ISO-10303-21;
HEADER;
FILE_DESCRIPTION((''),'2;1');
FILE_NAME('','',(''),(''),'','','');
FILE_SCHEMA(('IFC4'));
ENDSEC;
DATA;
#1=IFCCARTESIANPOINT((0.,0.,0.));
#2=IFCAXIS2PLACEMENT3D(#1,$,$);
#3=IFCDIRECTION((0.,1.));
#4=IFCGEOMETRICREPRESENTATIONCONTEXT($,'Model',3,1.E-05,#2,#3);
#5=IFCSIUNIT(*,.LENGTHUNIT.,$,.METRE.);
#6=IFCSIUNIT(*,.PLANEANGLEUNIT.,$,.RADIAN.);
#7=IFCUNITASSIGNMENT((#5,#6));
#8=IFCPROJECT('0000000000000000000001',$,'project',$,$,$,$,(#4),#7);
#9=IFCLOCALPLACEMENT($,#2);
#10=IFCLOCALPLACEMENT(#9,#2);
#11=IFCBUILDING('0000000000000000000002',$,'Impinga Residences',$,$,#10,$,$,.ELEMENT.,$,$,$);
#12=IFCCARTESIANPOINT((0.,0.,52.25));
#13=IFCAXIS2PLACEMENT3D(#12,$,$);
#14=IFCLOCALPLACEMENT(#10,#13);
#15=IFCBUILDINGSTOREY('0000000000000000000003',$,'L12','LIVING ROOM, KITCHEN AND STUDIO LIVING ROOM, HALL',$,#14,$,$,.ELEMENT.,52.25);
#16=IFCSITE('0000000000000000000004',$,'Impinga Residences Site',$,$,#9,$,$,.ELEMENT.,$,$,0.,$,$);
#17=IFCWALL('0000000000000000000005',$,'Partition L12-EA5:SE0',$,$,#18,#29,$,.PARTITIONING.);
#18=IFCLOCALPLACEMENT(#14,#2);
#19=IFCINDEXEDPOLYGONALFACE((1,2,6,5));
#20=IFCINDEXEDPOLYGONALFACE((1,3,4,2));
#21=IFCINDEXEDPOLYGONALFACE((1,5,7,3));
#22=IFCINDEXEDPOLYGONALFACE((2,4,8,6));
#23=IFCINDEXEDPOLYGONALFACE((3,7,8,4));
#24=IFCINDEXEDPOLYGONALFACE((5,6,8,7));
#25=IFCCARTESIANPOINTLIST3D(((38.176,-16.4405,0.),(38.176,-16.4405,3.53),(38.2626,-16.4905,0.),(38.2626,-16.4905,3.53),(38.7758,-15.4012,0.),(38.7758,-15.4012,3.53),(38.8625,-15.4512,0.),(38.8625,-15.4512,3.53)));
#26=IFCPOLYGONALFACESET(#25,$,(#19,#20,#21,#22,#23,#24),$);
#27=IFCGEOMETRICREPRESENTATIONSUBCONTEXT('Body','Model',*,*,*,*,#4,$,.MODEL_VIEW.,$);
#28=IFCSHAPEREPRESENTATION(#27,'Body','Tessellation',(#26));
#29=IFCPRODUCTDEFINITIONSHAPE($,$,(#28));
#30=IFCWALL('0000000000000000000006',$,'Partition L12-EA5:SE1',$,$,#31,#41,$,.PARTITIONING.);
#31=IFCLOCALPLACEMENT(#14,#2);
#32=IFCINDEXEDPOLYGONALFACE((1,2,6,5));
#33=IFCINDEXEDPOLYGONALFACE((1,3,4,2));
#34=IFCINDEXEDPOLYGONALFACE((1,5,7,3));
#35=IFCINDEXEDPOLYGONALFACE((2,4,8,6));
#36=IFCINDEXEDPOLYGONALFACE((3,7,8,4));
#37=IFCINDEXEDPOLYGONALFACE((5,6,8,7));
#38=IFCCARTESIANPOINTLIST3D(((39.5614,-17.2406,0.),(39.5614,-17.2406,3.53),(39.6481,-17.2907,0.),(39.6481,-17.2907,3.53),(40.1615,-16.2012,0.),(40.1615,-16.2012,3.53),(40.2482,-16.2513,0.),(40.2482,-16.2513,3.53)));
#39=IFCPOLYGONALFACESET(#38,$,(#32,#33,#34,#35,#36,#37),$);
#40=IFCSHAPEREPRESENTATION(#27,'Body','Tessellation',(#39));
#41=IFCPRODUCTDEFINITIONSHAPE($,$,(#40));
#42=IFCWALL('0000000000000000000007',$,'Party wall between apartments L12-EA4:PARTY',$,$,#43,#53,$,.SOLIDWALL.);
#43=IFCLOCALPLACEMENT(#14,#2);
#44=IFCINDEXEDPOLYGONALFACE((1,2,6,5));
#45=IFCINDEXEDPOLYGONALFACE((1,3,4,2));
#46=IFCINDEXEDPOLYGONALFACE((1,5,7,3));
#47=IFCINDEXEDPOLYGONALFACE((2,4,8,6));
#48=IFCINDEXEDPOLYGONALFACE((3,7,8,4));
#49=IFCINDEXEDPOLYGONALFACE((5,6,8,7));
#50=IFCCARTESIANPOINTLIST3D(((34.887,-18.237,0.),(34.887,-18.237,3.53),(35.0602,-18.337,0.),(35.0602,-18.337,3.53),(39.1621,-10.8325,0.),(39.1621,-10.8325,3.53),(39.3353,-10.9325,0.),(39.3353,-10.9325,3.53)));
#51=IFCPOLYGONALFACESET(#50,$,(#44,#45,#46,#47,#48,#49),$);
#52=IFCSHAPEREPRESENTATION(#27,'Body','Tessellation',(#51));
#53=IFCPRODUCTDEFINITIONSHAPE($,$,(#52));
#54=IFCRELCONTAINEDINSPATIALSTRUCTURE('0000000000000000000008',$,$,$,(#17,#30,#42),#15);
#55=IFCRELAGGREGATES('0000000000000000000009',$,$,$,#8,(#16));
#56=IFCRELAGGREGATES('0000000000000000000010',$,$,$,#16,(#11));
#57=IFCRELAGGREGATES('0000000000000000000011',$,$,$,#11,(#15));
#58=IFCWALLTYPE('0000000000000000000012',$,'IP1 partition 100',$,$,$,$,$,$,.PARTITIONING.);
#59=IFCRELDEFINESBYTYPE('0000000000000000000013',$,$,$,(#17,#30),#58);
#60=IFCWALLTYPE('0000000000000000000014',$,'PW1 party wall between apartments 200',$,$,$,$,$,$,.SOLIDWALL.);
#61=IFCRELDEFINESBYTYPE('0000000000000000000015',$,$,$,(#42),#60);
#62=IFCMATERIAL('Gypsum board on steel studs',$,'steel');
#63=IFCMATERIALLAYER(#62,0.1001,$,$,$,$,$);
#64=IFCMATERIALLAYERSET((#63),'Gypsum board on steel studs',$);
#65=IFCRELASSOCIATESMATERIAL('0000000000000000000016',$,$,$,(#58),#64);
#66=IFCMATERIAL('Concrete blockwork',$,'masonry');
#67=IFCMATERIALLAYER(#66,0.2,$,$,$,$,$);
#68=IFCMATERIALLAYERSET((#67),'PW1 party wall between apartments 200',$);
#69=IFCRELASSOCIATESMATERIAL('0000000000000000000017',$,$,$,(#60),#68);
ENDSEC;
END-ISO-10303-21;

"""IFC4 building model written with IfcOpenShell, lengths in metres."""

from ifc_helpers import new_model, si_unit, direction, frame, frame_2d, origin, place, context, subcontext, project, spatial, rectangle, extrude, material, layer, layer_set, type_object, element, save


model = new_model("IFC4")

# Units and contexts
model_context = context("Model", 3, precision=1e-05, world=origin(), true_north=direction((0.0, 1.0)))
body_context = subcontext(model_context, "Body", "Model", "MODEL_VIEW")
ifc_project = project(units=[si_unit("LENGTHUNIT", "METRE"), si_unit("PLANEANGLEUNIT", "RADIAN")], contexts=[model_context])

# Site, building, storey
site_placement = place(None, origin())
site = spatial("IfcSite", under=ifc_project, at=site_placement, Name="Impinga Residences Site", CompositionType="ELEMENT", RefElevation=0.0)
building_placement = place(site_placement, origin())
building = spatial("IfcBuilding", under=site, at=building_placement, Name="Impinga Residences", CompositionType="ELEMENT")
storey_placement = place(building_placement, frame((0.0, 0.0, 52.25)))
storey = spatial("IfcBuildingStorey", under=building, at=storey_placement, Name="L12", Description="LIVING ROOM, KITCHEN AND STUDIO LIVING ROOM, HALL", CompositionType="ELEMENT", Elevation=52.25)

# Shared definitions
ifc_material_1 = material(Name="Gypsum board on steel studs", Category="steel")
ifc_layer_1 = layer(ifc_material_1, 0.1001)
ifc_layer_set_1 = layer_set([ifc_layer_1], Name="Gypsum board on steel studs")
wall_type_1 = type_object("IfcWallType", Name="IP1 partition 100", PredefinedType="PARTITIONING", material=ifc_layer_set_1)

# Walls
wall_1_placement = place(storey_placement, frame((38.2192, -16.4656, 0.0), z_axis=(0.0, 0.0, 1.0), x_axis=(0.499881, 0.866094, 0.0)))
element("IfcWall", 1, at=wall_1_placement, inside=storey, type_object=wall_type_1, Name="Partition L12-EA5:SE0", PredefinedType="PARTITIONING", context=body_context, shape_type="SweptSolid", body=[
    extrude(rectangle(XDim=1.2, YDim=0.1001, at=frame_2d((0.6001, 0.0))), origin(), (0.0, 0.0, 1.0), 3.53),
])
wall_2_placement = place(storey_placement, frame((39.6047, -17.2656, 0.0), z_axis=(0.0, 0.0, 1.0), x_axis=(0.500034, 0.866006, 0.0)))
element("IfcWall", 2, at=wall_2_placement, inside=storey, type_object=wall_type_1, Name="Partition L12-EA5:SE1", PredefinedType="PARTITIONING", context=body_context, shape_type="SweptSolid", body=[
    extrude(rectangle(XDim=1.2002, YDim=0.1001, at=frame_2d((0.6001, 0.0))), origin(), (0.0, 0.0, 1.0), 3.53),
])
ifc_material_2 = material(Name="Concrete blockwork", Category="masonry")
ifc_layer_2 = layer(ifc_material_2, 0.2)
ifc_layer_set_2 = layer_set([ifc_layer_2], Name="PW1 party wall between apartments 200")
wall_type_2 = type_object("IfcWallType", Name="PW1 party wall between apartments 200", PredefinedType="SOLIDWALL", material=ifc_layer_set_2)
wall_3_placement = place(storey_placement, frame((34.9736, -18.2869, 0.0), z_axis=(0.0, 0.0, 1.0), x_axis=(0.500012, 0.866019, 0.0)))
element("IfcWall", 3, at=wall_3_placement, inside=storey, type_object=wall_type_2, Name="Party wall between apartments L12-EA4:PARTY", PredefinedType="SOLIDWALL", context=body_context, shape_type="SweptSolid", body=[
    extrude(rectangle(XDim=8.55, YDim=0.2, at=frame_2d((4.2749, 0.0))), origin(), (0.0, 0.0, 1.0), 3.53),
])

save(model, "model.ifc")
